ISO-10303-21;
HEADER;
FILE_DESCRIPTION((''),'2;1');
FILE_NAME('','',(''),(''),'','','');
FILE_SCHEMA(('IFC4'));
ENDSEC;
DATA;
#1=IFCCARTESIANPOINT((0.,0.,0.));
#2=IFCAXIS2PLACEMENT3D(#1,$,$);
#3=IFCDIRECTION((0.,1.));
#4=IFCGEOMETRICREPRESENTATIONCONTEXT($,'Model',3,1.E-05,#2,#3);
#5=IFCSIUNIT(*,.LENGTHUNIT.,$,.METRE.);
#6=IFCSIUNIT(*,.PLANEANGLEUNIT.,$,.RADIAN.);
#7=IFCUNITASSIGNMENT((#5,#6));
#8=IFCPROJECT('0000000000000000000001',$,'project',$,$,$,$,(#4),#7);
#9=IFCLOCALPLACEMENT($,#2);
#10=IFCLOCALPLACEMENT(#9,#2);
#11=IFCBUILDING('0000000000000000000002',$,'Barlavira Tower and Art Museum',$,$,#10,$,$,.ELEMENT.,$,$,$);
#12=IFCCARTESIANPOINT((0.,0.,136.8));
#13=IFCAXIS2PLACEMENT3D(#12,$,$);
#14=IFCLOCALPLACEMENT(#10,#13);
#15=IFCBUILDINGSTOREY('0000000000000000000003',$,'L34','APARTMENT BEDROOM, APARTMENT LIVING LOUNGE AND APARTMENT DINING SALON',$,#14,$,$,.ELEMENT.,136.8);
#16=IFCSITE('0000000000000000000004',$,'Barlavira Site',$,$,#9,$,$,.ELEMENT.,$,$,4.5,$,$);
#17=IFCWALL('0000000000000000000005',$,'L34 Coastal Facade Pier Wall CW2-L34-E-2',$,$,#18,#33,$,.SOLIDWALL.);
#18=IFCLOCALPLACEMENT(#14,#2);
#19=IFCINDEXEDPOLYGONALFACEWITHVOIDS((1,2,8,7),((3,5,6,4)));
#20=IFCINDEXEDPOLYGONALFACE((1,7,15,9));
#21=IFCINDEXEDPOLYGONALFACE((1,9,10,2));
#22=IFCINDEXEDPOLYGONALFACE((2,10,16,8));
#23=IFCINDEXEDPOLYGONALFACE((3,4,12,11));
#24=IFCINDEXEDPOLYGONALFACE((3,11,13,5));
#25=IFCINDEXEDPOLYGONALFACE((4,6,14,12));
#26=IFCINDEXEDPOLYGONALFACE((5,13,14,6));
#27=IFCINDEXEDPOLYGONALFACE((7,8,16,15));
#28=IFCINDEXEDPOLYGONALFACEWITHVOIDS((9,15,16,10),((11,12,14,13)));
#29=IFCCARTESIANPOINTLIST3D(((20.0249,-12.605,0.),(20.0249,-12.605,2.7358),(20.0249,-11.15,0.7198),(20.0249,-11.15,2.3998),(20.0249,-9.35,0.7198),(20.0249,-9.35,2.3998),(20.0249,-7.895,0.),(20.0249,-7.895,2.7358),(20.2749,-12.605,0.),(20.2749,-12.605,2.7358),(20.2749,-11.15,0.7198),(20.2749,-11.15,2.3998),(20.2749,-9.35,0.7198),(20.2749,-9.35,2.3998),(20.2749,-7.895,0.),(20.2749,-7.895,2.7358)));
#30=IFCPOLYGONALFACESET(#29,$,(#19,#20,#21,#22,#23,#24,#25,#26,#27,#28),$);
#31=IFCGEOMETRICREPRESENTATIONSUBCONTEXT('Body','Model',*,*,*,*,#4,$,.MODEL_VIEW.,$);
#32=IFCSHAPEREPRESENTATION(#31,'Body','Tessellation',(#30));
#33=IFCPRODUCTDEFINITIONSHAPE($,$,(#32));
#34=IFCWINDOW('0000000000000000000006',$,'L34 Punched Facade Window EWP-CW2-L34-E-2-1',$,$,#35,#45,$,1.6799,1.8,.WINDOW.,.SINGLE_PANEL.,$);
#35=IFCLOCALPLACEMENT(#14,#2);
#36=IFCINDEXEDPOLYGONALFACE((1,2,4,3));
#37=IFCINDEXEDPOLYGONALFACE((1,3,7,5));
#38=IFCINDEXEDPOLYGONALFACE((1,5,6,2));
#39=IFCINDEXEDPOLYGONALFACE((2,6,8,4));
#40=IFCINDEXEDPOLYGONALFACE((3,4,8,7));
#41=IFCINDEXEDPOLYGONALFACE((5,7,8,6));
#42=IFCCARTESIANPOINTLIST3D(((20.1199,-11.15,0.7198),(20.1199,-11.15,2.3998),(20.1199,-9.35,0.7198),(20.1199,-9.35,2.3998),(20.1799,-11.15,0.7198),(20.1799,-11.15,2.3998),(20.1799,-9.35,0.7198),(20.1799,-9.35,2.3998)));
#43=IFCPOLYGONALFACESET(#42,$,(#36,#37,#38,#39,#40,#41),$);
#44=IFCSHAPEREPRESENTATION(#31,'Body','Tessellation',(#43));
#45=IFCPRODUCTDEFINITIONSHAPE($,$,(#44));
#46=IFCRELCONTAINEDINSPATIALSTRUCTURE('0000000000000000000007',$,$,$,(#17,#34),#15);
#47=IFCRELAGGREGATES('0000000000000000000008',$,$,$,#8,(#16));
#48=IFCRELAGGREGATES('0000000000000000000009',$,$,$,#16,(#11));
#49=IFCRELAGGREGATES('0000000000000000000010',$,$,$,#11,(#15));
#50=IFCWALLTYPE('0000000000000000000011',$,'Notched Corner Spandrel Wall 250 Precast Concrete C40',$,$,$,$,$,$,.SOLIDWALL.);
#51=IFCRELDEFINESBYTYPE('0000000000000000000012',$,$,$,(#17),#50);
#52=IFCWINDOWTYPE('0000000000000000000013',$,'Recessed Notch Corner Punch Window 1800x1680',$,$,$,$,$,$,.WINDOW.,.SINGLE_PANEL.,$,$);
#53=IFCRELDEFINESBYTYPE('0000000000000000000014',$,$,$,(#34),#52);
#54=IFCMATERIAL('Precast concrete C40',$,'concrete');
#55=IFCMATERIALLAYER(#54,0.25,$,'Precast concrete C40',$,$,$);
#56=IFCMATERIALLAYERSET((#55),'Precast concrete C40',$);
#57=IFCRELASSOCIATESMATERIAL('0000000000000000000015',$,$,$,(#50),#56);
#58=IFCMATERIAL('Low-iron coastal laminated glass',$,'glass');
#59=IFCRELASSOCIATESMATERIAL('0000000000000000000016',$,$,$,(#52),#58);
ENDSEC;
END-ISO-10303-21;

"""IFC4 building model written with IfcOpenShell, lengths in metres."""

from ifc_helpers import new_model, si_unit, direction, frame, frame_2d, origin, place, context, subcontext, project, spatial, rectangle, extrude, material, layer, layer_set, type_object, element, fill, save


model = new_model("IFC4")

# Units and contexts
model_context = context("Model", 3, precision=1e-05, world=origin(), true_north=direction((0.0, 1.0)))
body_context = subcontext(model_context, "Body", "Model", "MODEL_VIEW")
ifc_project = project(units=[si_unit("LENGTHUNIT", "METRE"), si_unit("PLANEANGLEUNIT", "RADIAN")], contexts=[model_context])

# Site, building, storey
site_placement = place(None, origin())
site = spatial("IfcSite", under=ifc_project, at=site_placement, Name="Barlavira Site", CompositionType="ELEMENT", RefElevation=4.5)
building_placement = place(site_placement, origin())
building = spatial("IfcBuilding", under=site, at=building_placement, Name="Barlavira Tower and Art Museum", CompositionType="ELEMENT")
storey_placement = place(building_placement, frame((0.0, 0.0, 136.8)))
storey = spatial("IfcBuildingStorey", under=building, at=storey_placement, Name="L34", Description="APARTMENT BEDROOM, APARTMENT LIVING LOUNGE AND APARTMENT DINING SALON", CompositionType="ELEMENT", Elevation=136.8)

# Wall, opening, window
ifc_material_1 = material(Name="Precast concrete C40", Category="concrete")
ifc_layer_1 = layer(ifc_material_1, 0.25, Name="Precast concrete C40")
ifc_layer_set_1 = layer_set([ifc_layer_1], Name="Precast concrete C40")
wall_type_1 = type_object("IfcWallType", Name="Notched Corner Spandrel Wall 250 Precast Concrete C40", PredefinedType="SOLIDWALL", material=ifc_layer_set_1)
wall_1_placement = place(storey_placement, frame((20.1499, -12.605, 0.0), z_axis=(0.0, 0.0, 1.0), x_axis=(0.0, 1.0, 0.0)))
wall_1 = element("IfcWall", 1, at=wall_1_placement, inside=storey, type_object=wall_type_1, Name="L34 Coastal Facade Pier Wall CW2-L34-E-2", PredefinedType="SOLIDWALL", context=body_context, shape_type="SweptSolid", body=[
    extrude(rectangle(XDim=4.71, YDim=0.25, at=frame_2d((2.355, 0.0))), origin(), (0.0, 0.0, 1.0), 2.7358),
])
opening_placement = place(wall_1_placement, frame((1.4551, 0.0, 0.72)))
opening = element("IfcOpeningElement", 2, at=opening_placement, cuts=wall_1, PredefinedType="OPENING", context=body_context, shape_type="SweptSolid", body=[
    extrude(rectangle(XDim=1.8, YDim=1.6799, at=frame_2d((0.8999, 0.8398))), frame((0.0, 0.135, 0.0), z_axis=(0.0, -1.0, 0.0), x_axis=(1.0, 0.0, 0.0)), (0.0, 0.0, 1.0), 0.27),
])
ifc_material_2 = material(Name="Low-iron coastal laminated glass", Category="glass")
window_type = type_object("IfcWindowType", Name="Recessed Notch Corner Punch Window 1800x1680", PartitioningType="SINGLE_PANEL", PredefinedType="WINDOW", material=ifc_material_2)
window_placement = place(opening_placement, origin())
window = element("IfcWindow", 3, at=window_placement, inside=storey, type_object=window_type, Name="L34 Punched Facade Window EWP-CW2-L34-E-2-1", OverallHeight=1.6799, OverallWidth=1.8, PartitioningType="SINGLE_PANEL", PredefinedType="WINDOW", context=body_context, shape_type="SweptSolid", body=[
    extrude(rectangle(XDim=1.8, YDim=1.6799, at=frame_2d((0.8999, 0.8398))), frame((0.0, 0.03, 0.0), z_axis=(0.0, -1.0, 0.0), x_axis=(1.0, 0.0, 0.0)), (0.0, 0.0, 1.0), 0.0601),
])
fill(opening, window)

save(model, "model.ifc")
